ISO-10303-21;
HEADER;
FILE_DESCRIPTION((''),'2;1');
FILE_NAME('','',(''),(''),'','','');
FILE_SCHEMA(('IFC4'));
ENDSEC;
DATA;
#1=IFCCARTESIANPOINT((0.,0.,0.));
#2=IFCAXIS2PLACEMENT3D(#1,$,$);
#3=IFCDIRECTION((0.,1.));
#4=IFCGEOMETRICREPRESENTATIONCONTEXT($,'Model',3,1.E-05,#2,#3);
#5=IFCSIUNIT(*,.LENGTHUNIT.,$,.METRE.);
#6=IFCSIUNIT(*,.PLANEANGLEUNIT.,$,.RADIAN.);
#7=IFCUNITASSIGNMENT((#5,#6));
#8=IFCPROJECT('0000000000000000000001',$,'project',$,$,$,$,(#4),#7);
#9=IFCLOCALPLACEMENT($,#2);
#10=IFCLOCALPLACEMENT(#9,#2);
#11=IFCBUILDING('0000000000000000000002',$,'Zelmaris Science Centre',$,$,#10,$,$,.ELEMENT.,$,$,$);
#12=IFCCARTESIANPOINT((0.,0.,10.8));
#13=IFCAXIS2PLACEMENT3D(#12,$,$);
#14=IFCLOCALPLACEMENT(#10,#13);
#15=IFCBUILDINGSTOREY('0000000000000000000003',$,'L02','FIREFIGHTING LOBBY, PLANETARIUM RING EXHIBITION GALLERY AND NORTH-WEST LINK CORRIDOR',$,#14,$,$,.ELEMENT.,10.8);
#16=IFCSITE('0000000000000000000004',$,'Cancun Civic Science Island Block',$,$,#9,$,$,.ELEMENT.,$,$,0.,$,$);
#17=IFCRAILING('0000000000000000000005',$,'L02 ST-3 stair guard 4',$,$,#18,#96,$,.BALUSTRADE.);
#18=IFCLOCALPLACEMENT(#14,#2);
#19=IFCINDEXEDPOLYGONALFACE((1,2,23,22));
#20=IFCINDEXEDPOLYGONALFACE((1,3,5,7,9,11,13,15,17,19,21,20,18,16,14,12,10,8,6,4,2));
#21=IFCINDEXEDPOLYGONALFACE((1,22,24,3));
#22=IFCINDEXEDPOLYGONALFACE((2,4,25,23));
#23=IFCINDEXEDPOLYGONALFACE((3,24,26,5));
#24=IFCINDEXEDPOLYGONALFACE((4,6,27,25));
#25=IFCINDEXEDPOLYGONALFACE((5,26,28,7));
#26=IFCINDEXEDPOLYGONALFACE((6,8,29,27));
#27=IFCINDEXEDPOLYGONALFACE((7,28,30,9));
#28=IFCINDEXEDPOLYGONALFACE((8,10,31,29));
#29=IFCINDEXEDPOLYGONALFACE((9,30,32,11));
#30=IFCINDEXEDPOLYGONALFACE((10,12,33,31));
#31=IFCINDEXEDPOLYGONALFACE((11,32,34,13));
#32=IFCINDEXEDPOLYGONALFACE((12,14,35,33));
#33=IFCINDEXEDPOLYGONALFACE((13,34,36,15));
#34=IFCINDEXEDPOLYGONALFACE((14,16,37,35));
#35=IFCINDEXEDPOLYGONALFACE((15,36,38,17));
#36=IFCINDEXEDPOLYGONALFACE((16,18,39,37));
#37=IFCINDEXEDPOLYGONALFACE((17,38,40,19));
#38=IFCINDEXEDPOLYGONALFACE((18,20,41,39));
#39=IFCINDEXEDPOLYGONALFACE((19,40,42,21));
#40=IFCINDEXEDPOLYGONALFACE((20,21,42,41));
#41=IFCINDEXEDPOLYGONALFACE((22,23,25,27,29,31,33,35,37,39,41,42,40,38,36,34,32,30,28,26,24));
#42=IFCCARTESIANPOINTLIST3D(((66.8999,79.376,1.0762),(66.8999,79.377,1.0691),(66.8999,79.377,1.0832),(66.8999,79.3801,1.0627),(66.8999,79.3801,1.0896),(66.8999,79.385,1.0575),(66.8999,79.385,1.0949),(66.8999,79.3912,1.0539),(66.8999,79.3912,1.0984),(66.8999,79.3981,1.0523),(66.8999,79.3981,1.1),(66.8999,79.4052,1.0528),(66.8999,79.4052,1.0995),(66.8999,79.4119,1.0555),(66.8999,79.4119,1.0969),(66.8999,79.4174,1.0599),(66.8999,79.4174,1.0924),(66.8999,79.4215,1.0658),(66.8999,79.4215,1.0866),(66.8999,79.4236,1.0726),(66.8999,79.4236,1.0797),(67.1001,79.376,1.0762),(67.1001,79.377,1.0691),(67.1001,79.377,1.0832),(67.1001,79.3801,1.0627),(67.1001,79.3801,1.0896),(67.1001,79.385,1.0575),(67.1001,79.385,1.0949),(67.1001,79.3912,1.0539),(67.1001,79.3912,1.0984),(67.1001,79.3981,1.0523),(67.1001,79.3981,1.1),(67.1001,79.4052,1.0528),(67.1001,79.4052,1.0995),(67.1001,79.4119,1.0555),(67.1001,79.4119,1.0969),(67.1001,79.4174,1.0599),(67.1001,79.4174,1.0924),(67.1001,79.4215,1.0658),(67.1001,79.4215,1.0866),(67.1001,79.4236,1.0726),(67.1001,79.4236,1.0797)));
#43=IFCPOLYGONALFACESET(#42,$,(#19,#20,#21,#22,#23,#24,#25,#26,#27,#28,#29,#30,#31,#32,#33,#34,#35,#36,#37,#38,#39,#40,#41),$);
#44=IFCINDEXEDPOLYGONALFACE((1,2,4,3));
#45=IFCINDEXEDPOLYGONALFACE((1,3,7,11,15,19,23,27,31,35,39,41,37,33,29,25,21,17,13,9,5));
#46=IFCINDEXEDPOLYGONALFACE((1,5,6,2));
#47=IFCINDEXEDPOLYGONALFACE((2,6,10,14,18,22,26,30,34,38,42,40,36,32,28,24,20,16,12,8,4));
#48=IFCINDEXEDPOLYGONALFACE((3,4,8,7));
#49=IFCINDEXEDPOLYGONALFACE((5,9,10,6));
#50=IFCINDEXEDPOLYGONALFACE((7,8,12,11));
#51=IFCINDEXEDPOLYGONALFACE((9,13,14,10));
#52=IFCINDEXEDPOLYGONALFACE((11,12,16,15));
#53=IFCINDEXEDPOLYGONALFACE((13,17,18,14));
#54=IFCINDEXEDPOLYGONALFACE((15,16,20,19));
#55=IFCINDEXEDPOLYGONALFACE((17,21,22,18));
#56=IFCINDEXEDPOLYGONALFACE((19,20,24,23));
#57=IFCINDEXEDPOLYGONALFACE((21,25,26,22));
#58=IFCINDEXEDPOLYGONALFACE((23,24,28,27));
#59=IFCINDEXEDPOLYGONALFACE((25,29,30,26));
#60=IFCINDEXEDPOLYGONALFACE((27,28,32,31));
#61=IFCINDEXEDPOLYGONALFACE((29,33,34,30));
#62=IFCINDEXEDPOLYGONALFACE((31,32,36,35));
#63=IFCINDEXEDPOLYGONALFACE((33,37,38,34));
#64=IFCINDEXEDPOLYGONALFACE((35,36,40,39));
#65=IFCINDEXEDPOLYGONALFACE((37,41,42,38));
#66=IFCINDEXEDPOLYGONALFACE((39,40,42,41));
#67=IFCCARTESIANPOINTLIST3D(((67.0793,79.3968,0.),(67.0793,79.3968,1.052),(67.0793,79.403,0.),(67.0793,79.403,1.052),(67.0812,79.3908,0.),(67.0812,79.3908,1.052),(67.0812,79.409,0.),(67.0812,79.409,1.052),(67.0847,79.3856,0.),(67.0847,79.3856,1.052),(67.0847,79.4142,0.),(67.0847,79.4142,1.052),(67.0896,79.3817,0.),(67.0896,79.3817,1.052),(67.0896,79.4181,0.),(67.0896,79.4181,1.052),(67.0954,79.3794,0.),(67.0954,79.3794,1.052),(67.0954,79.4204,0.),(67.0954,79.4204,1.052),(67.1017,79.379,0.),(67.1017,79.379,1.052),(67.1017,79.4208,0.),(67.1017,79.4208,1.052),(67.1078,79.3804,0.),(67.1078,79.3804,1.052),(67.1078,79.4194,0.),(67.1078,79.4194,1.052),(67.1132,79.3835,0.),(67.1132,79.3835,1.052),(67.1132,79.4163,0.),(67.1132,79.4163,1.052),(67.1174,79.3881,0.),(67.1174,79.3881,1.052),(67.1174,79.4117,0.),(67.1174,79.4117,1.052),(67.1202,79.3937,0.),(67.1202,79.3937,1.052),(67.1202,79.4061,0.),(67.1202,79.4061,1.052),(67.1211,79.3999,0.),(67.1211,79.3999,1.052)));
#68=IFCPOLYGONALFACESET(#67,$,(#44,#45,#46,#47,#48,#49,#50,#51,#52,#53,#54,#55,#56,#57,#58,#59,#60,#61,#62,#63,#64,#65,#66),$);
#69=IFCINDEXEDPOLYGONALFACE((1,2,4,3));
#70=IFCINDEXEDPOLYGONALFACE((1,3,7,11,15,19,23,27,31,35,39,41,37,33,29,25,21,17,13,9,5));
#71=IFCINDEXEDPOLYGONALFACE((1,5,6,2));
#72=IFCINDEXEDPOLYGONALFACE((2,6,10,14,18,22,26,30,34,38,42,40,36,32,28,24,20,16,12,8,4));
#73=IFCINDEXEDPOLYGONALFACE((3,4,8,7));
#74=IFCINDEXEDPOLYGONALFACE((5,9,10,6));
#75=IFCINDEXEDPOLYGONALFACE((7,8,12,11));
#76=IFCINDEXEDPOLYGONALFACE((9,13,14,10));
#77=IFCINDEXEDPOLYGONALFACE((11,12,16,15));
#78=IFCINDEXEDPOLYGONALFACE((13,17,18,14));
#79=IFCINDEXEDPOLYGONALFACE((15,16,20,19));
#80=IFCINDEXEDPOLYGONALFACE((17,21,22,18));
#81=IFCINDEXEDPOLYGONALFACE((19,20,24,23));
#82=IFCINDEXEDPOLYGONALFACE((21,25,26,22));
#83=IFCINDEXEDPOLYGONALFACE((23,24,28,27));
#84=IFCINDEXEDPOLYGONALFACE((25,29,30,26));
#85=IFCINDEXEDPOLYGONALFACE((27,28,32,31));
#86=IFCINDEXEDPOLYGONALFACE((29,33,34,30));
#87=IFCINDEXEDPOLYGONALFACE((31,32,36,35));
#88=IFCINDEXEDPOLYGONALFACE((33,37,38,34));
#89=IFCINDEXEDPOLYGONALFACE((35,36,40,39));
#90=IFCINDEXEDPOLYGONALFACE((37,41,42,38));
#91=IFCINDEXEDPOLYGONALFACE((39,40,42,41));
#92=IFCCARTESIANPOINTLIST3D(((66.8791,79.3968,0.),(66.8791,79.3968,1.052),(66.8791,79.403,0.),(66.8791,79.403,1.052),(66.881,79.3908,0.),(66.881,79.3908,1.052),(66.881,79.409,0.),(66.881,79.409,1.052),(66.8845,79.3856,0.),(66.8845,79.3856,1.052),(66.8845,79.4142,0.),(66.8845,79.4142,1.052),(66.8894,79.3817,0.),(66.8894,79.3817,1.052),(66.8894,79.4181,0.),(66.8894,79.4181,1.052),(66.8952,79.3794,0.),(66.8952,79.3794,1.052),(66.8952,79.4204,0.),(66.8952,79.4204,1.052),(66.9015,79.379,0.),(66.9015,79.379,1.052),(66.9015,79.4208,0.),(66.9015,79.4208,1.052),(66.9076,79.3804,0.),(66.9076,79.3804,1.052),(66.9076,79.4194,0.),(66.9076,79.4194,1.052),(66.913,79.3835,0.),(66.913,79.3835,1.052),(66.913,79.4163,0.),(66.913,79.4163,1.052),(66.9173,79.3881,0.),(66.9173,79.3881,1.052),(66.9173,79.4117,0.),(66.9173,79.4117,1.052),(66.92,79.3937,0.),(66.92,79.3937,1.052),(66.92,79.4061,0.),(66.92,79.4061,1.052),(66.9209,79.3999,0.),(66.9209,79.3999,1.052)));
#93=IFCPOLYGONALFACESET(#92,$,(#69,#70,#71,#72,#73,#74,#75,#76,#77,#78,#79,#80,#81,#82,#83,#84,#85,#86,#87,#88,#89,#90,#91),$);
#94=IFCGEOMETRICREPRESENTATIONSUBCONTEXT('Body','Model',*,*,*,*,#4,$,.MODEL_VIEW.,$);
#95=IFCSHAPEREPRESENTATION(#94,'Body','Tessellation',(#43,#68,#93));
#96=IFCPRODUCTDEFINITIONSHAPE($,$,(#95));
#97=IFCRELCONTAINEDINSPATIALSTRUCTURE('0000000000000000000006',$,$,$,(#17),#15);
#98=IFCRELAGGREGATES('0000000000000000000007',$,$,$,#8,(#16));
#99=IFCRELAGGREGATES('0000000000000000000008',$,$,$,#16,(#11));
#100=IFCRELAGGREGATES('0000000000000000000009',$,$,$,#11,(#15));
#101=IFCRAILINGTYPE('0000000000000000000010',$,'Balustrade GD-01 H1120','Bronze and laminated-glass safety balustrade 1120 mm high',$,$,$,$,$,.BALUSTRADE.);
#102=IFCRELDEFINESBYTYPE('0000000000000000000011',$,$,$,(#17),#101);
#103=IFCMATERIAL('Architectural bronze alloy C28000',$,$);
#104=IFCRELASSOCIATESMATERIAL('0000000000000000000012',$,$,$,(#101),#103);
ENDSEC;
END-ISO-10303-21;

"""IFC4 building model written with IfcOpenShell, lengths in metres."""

from ifc_helpers import new_model, si_unit, direction, frame, origin, origin_2d, place, context, subcontext, project, spatial, circle, extrude, material, type_object, element, save


model = new_model("IFC4")

# Units and contexts
model_context = context("Model", 3, precision=1e-05, world=origin(), true_north=direction((0.0, 1.0)))
body_context = subcontext(model_context, "Body", "Model", "MODEL_VIEW")
ifc_project = project(units=[si_unit("LENGTHUNIT", "METRE"), si_unit("PLANEANGLEUNIT", "RADIAN")], contexts=[model_context])

# Site, building, storey
site_placement = place(None, origin())
site = spatial("IfcSite", under=ifc_project, at=site_placement, Name="Cancun Civic Science Island Block", CompositionType="ELEMENT", RefElevation=0.0)
building_placement = place(site_placement, origin())
building = spatial("IfcBuilding", under=site, at=building_placement, Name="Zelmaris Science Centre", CompositionType="ELEMENT")
storey_placement = place(building_placement, frame((0.0, 0.0, 10.8)))
storey = spatial("IfcBuildingStorey", under=building, at=storey_placement, Name="L02", Description="FIREFIGHTING LOBBY, PLANETARIUM RING EXHIBITION GALLERY AND NORTH-WEST LINK CORRIDOR", CompositionType="ELEMENT", Elevation=10.8)

# Railing
ifc_material_1 = material(Name="Architectural bronze alloy C28000")
railing_type_1 = type_object("IfcRailingType", Name="Balustrade GD-01 H1120", Description="Bronze and laminated-glass safety balustrade 1120 mm high", PredefinedType="BALUSTRADE", material=ifc_material_1)
railing_1_placement = place(storey_placement, frame((67.1001, 79.3999, 0.0)))
element("IfcRailing", 1, at=railing_1_placement, inside=storey, type_object=railing_type_1, Name="L02 ST-3 stair guard 4", PredefinedType="BALUSTRADE", context=body_context, shape_type="SweptSolid", body=[
    extrude(circle(Radius=0.0239, at=origin_2d()), frame((0.0, 0.0, 1.0762), z_axis=(-1.0, 0.0, 0.0), x_axis=(0.0, -1.0, 0.0)), (0.0, 0.0, 1.0), 0.2002),
    extrude(circle(Radius=0.021, at=origin_2d()), origin(), (0.0, 0.0, 1.0), 1.052),
    extrude(circle(Radius=0.021, at=origin_2d()), frame((-0.2002, 0.0, 0.0)), (0.0, 0.0, 1.0), 1.052),
])

save(model, "model.ifc")
